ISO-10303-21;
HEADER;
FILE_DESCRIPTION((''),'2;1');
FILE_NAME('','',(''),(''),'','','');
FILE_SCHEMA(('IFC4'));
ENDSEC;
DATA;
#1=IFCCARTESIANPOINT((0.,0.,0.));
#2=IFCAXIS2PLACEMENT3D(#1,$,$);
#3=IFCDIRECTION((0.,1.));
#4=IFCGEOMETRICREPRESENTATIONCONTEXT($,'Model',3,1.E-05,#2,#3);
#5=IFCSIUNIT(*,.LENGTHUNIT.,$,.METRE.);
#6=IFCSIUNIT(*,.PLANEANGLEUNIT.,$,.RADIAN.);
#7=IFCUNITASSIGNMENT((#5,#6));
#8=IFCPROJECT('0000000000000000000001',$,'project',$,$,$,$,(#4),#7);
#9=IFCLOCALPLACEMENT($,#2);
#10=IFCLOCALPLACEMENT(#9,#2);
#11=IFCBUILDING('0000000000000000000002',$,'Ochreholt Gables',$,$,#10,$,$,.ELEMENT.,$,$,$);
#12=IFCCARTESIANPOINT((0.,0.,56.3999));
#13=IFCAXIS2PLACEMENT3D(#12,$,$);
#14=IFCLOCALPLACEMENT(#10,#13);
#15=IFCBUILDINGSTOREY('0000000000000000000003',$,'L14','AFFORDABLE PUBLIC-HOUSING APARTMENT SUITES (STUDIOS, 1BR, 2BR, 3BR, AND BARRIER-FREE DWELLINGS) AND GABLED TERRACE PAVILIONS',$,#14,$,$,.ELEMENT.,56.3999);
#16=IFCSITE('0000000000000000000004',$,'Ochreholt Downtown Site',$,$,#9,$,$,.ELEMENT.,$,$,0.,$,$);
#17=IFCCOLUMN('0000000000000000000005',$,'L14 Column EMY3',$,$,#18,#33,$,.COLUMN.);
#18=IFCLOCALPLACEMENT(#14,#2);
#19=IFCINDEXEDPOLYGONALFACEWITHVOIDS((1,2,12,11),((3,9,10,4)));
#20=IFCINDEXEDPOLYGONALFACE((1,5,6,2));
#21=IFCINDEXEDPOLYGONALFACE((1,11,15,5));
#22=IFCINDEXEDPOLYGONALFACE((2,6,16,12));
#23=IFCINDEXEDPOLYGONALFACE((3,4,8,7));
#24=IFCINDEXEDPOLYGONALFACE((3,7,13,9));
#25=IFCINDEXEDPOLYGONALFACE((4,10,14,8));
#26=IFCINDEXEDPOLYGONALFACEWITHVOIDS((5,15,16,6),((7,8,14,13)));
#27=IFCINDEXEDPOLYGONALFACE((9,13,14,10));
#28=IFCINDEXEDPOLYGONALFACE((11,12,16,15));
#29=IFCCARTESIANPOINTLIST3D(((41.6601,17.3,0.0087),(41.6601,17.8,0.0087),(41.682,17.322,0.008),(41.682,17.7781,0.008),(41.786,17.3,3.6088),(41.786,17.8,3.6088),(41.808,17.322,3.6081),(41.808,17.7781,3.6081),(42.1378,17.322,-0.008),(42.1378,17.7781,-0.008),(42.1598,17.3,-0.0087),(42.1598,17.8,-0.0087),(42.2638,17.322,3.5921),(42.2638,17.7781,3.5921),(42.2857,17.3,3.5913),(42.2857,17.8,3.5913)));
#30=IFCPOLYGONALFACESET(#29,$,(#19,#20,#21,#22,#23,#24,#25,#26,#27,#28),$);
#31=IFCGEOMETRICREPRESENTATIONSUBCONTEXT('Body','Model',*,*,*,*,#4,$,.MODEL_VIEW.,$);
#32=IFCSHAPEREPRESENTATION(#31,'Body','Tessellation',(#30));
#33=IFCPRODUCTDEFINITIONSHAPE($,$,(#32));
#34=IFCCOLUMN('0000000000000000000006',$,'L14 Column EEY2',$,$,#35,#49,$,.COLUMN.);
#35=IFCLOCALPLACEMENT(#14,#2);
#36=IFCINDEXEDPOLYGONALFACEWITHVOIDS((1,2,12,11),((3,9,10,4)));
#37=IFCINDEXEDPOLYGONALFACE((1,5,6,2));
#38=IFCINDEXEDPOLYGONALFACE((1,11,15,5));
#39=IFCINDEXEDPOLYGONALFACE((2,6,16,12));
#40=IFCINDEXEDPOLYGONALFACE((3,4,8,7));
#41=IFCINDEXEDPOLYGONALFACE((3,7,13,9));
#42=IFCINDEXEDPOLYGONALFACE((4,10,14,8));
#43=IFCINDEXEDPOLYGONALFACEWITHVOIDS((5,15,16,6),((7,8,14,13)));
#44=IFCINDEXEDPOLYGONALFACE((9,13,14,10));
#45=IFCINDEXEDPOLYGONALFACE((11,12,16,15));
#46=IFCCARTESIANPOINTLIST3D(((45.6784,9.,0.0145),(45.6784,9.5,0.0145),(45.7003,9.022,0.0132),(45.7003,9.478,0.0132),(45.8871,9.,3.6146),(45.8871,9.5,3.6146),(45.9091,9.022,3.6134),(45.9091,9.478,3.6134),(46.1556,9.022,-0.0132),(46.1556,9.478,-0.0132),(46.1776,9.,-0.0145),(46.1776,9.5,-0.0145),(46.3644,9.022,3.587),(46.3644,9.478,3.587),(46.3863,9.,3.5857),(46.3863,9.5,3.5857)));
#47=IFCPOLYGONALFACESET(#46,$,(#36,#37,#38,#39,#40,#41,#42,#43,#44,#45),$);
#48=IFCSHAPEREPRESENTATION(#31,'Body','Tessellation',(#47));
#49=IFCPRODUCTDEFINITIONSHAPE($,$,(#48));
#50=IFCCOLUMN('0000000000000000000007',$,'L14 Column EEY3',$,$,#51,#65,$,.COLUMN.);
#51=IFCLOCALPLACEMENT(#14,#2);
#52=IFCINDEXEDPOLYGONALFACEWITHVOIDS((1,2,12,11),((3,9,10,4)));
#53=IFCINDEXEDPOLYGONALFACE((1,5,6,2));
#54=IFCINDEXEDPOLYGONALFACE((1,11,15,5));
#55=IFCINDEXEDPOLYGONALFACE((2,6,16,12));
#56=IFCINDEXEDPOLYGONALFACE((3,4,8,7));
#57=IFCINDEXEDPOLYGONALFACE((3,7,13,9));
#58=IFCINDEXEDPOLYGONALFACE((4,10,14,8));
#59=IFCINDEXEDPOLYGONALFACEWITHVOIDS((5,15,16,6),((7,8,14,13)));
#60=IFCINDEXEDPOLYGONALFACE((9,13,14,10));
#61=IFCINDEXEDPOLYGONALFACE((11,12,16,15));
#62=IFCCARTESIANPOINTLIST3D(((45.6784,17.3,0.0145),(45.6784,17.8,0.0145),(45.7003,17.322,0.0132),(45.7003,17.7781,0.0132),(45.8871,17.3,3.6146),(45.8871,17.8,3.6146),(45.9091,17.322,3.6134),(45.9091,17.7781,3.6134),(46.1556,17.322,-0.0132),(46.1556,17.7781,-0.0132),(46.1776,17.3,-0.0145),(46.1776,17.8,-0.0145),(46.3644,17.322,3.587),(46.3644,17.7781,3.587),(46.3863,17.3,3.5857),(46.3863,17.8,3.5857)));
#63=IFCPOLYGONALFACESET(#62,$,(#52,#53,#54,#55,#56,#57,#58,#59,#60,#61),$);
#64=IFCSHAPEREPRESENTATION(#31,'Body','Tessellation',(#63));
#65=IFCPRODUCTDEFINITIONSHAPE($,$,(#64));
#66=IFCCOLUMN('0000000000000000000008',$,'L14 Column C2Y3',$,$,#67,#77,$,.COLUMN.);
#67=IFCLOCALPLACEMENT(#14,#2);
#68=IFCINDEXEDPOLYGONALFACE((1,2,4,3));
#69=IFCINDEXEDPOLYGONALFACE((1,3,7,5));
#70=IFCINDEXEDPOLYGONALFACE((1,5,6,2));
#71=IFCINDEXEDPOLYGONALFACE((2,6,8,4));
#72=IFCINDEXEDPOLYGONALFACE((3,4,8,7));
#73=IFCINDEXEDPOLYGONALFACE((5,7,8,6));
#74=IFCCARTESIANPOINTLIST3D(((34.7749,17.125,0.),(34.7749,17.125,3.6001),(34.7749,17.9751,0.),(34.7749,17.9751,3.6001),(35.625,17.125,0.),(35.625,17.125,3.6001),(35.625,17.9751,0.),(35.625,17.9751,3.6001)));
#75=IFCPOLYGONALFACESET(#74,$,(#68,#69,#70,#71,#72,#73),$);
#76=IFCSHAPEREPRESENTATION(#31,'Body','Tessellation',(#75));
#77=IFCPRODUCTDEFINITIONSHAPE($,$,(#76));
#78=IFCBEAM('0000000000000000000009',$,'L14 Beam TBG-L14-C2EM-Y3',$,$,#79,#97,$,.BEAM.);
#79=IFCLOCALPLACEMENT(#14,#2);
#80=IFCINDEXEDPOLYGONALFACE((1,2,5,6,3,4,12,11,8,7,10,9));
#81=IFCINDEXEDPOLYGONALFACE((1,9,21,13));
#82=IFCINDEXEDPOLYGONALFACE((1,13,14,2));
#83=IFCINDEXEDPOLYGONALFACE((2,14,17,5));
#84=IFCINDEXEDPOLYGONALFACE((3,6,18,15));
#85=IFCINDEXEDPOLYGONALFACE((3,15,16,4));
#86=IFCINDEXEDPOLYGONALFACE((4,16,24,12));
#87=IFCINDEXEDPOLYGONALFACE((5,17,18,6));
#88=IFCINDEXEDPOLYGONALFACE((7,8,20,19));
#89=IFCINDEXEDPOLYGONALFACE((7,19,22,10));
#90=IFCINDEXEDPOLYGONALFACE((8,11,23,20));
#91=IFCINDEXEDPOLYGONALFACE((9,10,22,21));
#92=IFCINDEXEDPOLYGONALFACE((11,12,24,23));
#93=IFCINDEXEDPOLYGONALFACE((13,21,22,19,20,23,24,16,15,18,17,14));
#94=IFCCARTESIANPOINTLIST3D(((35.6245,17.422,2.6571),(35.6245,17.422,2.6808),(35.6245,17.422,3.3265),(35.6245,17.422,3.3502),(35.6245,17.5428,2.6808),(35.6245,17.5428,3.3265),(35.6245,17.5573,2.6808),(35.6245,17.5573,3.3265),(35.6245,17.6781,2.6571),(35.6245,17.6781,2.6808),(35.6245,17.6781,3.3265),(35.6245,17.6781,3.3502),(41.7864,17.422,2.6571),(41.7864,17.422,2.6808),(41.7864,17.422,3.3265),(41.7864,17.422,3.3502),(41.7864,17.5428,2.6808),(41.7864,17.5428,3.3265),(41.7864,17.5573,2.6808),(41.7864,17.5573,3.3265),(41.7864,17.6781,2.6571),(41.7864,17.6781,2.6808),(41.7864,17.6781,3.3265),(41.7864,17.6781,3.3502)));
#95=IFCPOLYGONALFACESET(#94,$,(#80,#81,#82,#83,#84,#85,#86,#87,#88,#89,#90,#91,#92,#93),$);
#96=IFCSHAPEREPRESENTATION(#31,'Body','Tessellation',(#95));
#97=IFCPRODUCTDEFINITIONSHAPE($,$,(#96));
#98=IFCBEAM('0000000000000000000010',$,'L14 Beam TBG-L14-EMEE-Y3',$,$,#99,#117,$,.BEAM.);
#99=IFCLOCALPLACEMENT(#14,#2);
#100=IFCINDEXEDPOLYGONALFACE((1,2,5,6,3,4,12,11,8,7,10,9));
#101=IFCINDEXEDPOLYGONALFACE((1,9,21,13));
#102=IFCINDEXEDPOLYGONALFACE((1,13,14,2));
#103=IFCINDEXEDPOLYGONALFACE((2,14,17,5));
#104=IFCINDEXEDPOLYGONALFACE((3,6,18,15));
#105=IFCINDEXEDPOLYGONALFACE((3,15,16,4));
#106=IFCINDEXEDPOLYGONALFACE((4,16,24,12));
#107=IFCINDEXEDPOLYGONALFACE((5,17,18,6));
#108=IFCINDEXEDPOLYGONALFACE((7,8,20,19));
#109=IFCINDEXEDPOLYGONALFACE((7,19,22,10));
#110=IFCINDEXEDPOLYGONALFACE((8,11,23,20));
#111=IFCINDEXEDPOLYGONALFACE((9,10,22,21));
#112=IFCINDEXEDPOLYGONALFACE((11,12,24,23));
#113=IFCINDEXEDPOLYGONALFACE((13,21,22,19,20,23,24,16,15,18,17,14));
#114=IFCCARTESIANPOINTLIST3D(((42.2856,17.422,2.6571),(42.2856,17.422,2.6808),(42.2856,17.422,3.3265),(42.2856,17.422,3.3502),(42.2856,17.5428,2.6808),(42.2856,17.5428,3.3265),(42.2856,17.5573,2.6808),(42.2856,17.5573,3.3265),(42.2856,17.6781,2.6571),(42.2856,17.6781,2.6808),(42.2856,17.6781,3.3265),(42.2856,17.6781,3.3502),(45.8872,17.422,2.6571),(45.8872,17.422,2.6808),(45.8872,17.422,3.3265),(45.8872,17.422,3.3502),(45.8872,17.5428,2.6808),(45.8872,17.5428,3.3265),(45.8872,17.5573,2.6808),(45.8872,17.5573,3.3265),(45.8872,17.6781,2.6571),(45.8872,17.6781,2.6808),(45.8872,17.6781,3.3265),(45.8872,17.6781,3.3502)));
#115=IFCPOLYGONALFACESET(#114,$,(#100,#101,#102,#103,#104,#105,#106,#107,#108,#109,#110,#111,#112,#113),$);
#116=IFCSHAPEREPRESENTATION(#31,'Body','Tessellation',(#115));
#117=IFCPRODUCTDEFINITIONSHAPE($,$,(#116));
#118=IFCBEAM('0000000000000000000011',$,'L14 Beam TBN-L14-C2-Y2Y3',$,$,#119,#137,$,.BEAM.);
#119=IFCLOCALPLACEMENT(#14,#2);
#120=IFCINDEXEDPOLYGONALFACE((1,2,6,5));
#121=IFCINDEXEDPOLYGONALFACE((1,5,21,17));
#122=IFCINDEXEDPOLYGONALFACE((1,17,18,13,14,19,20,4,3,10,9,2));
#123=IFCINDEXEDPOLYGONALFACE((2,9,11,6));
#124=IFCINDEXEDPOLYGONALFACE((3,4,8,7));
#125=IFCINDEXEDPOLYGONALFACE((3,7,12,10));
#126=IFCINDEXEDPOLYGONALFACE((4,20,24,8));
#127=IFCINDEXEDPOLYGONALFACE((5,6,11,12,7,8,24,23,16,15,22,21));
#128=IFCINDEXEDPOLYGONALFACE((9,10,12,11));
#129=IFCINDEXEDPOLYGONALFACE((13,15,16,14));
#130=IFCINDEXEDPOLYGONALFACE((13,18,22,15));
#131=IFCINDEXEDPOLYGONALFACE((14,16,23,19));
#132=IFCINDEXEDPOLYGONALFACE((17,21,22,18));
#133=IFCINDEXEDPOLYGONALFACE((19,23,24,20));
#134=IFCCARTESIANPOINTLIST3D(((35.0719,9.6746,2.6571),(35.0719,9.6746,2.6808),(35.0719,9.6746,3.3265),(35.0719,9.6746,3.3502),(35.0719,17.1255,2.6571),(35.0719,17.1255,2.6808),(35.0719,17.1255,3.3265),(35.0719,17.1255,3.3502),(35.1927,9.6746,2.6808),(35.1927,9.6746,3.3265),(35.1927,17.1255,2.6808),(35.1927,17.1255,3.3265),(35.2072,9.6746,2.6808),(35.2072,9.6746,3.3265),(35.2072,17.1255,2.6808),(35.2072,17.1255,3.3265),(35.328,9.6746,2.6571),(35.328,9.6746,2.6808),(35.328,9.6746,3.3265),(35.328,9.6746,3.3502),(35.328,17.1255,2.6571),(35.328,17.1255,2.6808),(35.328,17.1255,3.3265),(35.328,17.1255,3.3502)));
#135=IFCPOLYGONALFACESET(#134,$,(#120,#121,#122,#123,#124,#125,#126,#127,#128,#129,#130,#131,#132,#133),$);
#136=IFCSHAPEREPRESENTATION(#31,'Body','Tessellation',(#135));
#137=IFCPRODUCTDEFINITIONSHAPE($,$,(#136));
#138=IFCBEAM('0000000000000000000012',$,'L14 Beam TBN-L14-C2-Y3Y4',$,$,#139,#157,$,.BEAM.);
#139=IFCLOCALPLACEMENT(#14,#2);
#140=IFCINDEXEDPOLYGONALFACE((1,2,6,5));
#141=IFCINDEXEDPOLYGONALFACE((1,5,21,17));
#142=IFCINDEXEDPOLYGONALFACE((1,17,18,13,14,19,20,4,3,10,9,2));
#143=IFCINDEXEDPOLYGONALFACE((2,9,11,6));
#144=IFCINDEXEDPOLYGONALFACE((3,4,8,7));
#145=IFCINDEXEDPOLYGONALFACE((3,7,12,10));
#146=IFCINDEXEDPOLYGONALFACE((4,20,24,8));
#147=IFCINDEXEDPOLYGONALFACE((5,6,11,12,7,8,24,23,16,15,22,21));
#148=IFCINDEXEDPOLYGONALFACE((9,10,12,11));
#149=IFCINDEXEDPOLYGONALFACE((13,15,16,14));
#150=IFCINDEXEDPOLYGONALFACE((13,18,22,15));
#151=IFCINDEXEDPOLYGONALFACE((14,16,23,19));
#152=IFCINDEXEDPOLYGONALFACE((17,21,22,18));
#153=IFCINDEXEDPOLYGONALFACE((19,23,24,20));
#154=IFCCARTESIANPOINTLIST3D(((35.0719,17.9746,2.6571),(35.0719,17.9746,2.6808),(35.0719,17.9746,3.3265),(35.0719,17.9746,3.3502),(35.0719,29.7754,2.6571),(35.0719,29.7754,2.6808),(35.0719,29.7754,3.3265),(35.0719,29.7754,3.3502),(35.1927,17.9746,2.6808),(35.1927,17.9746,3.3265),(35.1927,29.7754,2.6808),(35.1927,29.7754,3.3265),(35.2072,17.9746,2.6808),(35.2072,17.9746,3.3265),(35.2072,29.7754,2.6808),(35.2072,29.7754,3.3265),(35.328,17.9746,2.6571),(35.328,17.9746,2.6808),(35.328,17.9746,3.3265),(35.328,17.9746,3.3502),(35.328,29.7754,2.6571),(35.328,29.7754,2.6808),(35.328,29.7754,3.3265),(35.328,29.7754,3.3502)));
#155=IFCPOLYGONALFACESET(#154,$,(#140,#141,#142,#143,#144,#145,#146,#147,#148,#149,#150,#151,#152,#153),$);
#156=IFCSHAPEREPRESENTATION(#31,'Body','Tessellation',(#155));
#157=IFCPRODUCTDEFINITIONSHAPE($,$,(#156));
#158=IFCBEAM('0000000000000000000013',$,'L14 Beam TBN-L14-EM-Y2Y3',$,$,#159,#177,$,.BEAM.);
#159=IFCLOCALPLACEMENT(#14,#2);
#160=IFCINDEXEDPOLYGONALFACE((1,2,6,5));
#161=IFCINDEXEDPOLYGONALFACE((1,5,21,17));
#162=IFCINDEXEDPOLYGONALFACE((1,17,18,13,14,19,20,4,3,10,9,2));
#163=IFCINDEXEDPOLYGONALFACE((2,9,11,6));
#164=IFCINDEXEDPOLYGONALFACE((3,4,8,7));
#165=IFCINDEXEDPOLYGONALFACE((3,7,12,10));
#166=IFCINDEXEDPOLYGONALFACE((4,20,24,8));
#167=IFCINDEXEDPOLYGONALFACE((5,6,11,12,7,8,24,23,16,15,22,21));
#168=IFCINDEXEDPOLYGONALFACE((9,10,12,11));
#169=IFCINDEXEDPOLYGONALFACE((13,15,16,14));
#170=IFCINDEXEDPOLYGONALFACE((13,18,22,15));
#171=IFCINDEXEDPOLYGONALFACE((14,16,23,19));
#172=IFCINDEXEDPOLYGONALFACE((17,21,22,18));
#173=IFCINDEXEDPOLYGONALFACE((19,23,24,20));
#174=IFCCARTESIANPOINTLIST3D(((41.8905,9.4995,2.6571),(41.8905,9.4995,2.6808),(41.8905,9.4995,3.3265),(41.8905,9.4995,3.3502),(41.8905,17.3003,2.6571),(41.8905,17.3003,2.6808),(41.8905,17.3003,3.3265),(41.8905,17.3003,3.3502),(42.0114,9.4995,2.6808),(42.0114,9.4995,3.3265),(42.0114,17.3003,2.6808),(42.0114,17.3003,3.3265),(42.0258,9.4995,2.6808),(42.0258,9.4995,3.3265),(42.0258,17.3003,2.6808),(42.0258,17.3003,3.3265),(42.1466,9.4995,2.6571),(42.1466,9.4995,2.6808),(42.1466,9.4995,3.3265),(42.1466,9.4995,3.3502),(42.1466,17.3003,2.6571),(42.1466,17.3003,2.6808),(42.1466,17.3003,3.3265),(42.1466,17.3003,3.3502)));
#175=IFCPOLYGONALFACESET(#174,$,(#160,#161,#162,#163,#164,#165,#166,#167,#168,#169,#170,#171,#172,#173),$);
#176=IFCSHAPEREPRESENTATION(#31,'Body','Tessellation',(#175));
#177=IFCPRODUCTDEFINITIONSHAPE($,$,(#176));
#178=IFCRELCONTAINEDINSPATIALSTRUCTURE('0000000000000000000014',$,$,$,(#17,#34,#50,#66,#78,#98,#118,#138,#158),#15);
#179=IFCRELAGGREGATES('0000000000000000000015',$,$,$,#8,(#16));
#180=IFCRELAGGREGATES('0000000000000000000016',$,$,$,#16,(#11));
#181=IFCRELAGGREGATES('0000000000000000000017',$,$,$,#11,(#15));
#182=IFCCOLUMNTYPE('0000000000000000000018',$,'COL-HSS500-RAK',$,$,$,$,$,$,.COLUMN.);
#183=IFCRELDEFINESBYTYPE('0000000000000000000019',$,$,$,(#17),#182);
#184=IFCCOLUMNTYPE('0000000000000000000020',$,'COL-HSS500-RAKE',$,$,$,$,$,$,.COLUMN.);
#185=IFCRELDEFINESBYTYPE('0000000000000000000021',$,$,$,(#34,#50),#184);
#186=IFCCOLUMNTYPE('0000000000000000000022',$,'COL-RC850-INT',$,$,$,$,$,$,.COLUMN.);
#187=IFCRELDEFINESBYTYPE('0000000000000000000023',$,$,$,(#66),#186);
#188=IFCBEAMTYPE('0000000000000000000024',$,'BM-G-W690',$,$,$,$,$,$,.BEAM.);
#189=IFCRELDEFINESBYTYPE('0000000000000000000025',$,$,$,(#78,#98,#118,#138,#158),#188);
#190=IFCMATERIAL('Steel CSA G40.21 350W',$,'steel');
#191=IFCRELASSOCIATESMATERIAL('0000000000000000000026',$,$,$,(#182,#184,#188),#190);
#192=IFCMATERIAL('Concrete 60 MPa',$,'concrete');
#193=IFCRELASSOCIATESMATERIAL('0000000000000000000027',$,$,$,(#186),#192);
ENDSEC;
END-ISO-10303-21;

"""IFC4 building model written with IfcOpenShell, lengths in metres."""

from ifc_helpers import new_model, si_unit, direction, frame, origin, origin_2d, place, context, subcontext, project, spatial, rectangle, hollow_rectangle, i_section, extrude, material, material_profile, profile_set, type_object, element, save


model = new_model("IFC4")

# Units and contexts
model_context = context("Model", 3, precision=1e-05, world=origin(), true_north=direction((0.0, 1.0)))
body_context = subcontext(model_context, "Body", "Model", "MODEL_VIEW")
ifc_project = project(units=[si_unit("LENGTHUNIT", "METRE"), si_unit("PLANEANGLEUNIT", "RADIAN")], contexts=[model_context])

# Site, building, storey
site_placement = place(None, origin())
site = spatial("IfcSite", under=ifc_project, at=site_placement, Name="Ochreholt Downtown Site", CompositionType="ELEMENT", RefElevation=0.0)
building_placement = place(site_placement, origin())
building = spatial("IfcBuilding", under=site, at=building_placement, Name="Ochreholt Gables", CompositionType="ELEMENT")
storey_placement = place(building_placement, frame((0.0, 0.0, 56.3999)))
storey = spatial("IfcBuildingStorey", under=building, at=storey_placement, Name="L14", Description="AFFORDABLE PUBLIC-HOUSING APARTMENT SUITES (STUDIOS, 1BR, 2BR, 3BR, AND BARRIER-FREE DWELLINGS) AND GABLED TERRACE PAVILIONS", CompositionType="ELEMENT", Elevation=56.3999)

# Columns
ifc_material_1 = material(Name="Steel CSA G40.21 350W", Category="steel")
ifc_material_profile_1 = material_profile(ifc_material_1, hollow_rectangle(XDim=0.5, YDim=0.5, WallThickness=0.022, at=origin_2d()), Name="HSS500X500X22")
ifc_profile_set_1 = profile_set([ifc_material_profile_1], Name="Steel CSA G40.21 350W")
column_type_1 = type_object("IfcColumnType", Name="COL-HSS500-RAK", PredefinedType="COLUMN", material=ifc_profile_set_1)
column_1_placement = place(storey_placement, frame((41.9099, 17.55, 0.0), z_axis=(0.034971, 0.0, 0.999388), x_axis=(0.0, 1.0, 0.0)))
element("IfcColumn", 1, at=column_1_placement, inside=storey, type_object=column_type_1, Name="L14 Column EMY3", PredefinedType="COLUMN", context=body_context, shape_type="SweptSolid", body=[
    extrude(hollow_rectangle(XDim=0.5, YDim=0.5, WallThickness=0.022, at=origin_2d()), origin(), (0.0, 0.0, 1.0), 3.6023),
])
ifc_material_profile_2 = material_profile(ifc_material_1, hollow_rectangle(XDim=0.5, YDim=0.5, WallThickness=0.022, at=origin_2d()), Name="HSS500X500X22")
ifc_profile_set_2 = profile_set([ifc_material_profile_2], Name="Steel CSA G40.21 350W")
column_type_2 = type_object("IfcColumnType", Name="COL-HSS500-RAKE", PredefinedType="COLUMN", material=ifc_profile_set_2)
for number, where, z_axis, x_axis, name in (
    (2, (45.928, 9.25, 0.0), (0.057885, 0.0, 0.998323), (0.0, 1.0, 0.0), "L14 Column EEY2"),
    (3, (45.928, 17.55, 0.0), (0.057885, 0.0, 0.998323), (0.0, 1.0, 0.0), "L14 Column EEY3"),
):
    element("IfcColumn", number, at=place(storey_placement, frame(where, z_axis=z_axis, x_axis=x_axis)), inside=storey, type_object=column_type_2, Name=name, PredefinedType="COLUMN", context=body_context, shape_type="SweptSolid", body=[
        extrude(hollow_rectangle(XDim=0.5, YDim=0.5, WallThickness=0.022, at=origin_2d()), origin(), (0.0, 0.0, 1.0), 3.6062),
    ])
ifc_material_2 = material(Name="Concrete 60 MPa", Category="concrete")
ifc_material_profile_3 = material_profile(ifc_material_2, rectangle(XDim=0.8501, YDim=0.8501, at=origin_2d()), Name="RC850X850")
ifc_profile_set_3 = profile_set([ifc_material_profile_3], Name="Concrete 60 MPa")
column_type_3 = type_object("IfcColumnType", Name="COL-RC850-INT", PredefinedType="COLUMN", material=ifc_profile_set_3)
column_2_placement = place(storey_placement, frame((35.2, 17.55, 0.0), z_axis=(0.0, 0.0, 1.0), x_axis=(1.0, 0.0, 0.0)))
element("IfcColumn", 4, at=column_2_placement, inside=storey, type_object=column_type_3, Name="L14 Column C2Y3", PredefinedType="COLUMN", context=body_context, shape_type="SweptSolid", body=[
    extrude(rectangle(XDim=0.8501, YDim=0.8501, at=origin_2d()), origin(), (0.0, 0.0, 1.0), 3.6001),
])

# Beams
ifc_material_profile_4 = material_profile(ifc_material_1, i_section(OverallWidth=0.2561, OverallDepth=0.6931, WebThickness=0.0144, FlangeThickness=0.0237, at=origin_2d()), Name="W690X170")
ifc_profile_set_4 = profile_set([ifc_material_profile_4], Name="Steel CSA G40.21 350W")
beam_type_1 = type_object("IfcBeamType", Name="BM-G-W690", PredefinedType="BEAM", material=ifc_profile_set_4)
beam_1_placement = place(storey_placement, frame((35.6245, 17.55, 3.0037), z_axis=(1.0, 0.0, 0.0), x_axis=(0.0, 1.0, 0.0)))
element("IfcBeam", 5, at=beam_1_placement, inside=storey, type_object=beam_type_1, Name="L14 Beam TBG-L14-C2EM-Y3", PredefinedType="BEAM", context=body_context, shape_type="SweptSolid", body=[
    extrude(i_section(OverallWidth=0.2561, OverallDepth=0.6931, WebThickness=0.0144, FlangeThickness=0.0237, at=origin_2d()), origin(), (0.0, 0.0, 1.0), 6.1619),
])
beam_2_placement = place(storey_placement, frame((42.2856, 17.55, 3.0037), z_axis=(1.0, 0.0, 0.0), x_axis=(0.0, 1.0, 0.0)))
element("IfcBeam", 6, at=beam_2_placement, inside=storey, type_object=beam_type_1, Name="L14 Beam TBG-L14-EMEE-Y3", PredefinedType="BEAM", context=body_context, shape_type="SweptSolid", body=[
    extrude(i_section(OverallWidth=0.2561, OverallDepth=0.6931, WebThickness=0.0144, FlangeThickness=0.0237, at=origin_2d()), origin(), (0.0, 0.0, 1.0), 3.6016),
])
beam_3_placement = place(storey_placement, frame((35.2, 9.6746, 3.0037), z_axis=(0.0, 1.0, 0.0), x_axis=(-1.0, 0.0, 0.0)))
element("IfcBeam", 7, at=beam_3_placement, inside=storey, type_object=beam_type_1, Name="L14 Beam TBN-L14-C2-Y2Y3", PredefinedType="BEAM", context=body_context, shape_type="SweptSolid", body=[
    extrude(i_section(OverallWidth=0.2561, OverallDepth=0.6931, WebThickness=0.0144, FlangeThickness=0.0237, at=origin_2d()), origin(), (0.0, 0.0, 1.0), 7.4509),
])
beam_4_placement = place(storey_placement, frame((35.2, 17.9746, 3.0037), z_axis=(0.0, 1.0, 0.0), x_axis=(-1.0, 0.0, 0.0)))
element("IfcBeam", 8, at=beam_4_placement, inside=storey, type_object=beam_type_1, Name="L14 Beam TBN-L14-C2-Y3Y4", PredefinedType="BEAM", context=body_context, shape_type="SweptSolid", body=[
    extrude(i_section(OverallWidth=0.2561, OverallDepth=0.6931, WebThickness=0.0144, FlangeThickness=0.0237, at=origin_2d()), origin(), (0.0, 0.0, 1.0), 11.8008),
])
beam_5_placement = place(storey_placement, frame((42.0186, 9.4995, 3.0037), z_axis=(0.0, 1.0, 0.0), x_axis=(-1.0, 0.0, 0.0)))
element("IfcBeam", 9, at=beam_5_placement, inside=storey, type_object=beam_type_1, Name="L14 Beam TBN-L14-EM-Y2Y3", PredefinedType="BEAM", context=body_context, shape_type="SweptSolid", body=[
    extrude(i_section(OverallWidth=0.2561, OverallDepth=0.6931, WebThickness=0.0144, FlangeThickness=0.0237, at=origin_2d()), origin(), (0.0, 0.0, 1.0), 7.8008),
])

save(model, "model.ifc")
